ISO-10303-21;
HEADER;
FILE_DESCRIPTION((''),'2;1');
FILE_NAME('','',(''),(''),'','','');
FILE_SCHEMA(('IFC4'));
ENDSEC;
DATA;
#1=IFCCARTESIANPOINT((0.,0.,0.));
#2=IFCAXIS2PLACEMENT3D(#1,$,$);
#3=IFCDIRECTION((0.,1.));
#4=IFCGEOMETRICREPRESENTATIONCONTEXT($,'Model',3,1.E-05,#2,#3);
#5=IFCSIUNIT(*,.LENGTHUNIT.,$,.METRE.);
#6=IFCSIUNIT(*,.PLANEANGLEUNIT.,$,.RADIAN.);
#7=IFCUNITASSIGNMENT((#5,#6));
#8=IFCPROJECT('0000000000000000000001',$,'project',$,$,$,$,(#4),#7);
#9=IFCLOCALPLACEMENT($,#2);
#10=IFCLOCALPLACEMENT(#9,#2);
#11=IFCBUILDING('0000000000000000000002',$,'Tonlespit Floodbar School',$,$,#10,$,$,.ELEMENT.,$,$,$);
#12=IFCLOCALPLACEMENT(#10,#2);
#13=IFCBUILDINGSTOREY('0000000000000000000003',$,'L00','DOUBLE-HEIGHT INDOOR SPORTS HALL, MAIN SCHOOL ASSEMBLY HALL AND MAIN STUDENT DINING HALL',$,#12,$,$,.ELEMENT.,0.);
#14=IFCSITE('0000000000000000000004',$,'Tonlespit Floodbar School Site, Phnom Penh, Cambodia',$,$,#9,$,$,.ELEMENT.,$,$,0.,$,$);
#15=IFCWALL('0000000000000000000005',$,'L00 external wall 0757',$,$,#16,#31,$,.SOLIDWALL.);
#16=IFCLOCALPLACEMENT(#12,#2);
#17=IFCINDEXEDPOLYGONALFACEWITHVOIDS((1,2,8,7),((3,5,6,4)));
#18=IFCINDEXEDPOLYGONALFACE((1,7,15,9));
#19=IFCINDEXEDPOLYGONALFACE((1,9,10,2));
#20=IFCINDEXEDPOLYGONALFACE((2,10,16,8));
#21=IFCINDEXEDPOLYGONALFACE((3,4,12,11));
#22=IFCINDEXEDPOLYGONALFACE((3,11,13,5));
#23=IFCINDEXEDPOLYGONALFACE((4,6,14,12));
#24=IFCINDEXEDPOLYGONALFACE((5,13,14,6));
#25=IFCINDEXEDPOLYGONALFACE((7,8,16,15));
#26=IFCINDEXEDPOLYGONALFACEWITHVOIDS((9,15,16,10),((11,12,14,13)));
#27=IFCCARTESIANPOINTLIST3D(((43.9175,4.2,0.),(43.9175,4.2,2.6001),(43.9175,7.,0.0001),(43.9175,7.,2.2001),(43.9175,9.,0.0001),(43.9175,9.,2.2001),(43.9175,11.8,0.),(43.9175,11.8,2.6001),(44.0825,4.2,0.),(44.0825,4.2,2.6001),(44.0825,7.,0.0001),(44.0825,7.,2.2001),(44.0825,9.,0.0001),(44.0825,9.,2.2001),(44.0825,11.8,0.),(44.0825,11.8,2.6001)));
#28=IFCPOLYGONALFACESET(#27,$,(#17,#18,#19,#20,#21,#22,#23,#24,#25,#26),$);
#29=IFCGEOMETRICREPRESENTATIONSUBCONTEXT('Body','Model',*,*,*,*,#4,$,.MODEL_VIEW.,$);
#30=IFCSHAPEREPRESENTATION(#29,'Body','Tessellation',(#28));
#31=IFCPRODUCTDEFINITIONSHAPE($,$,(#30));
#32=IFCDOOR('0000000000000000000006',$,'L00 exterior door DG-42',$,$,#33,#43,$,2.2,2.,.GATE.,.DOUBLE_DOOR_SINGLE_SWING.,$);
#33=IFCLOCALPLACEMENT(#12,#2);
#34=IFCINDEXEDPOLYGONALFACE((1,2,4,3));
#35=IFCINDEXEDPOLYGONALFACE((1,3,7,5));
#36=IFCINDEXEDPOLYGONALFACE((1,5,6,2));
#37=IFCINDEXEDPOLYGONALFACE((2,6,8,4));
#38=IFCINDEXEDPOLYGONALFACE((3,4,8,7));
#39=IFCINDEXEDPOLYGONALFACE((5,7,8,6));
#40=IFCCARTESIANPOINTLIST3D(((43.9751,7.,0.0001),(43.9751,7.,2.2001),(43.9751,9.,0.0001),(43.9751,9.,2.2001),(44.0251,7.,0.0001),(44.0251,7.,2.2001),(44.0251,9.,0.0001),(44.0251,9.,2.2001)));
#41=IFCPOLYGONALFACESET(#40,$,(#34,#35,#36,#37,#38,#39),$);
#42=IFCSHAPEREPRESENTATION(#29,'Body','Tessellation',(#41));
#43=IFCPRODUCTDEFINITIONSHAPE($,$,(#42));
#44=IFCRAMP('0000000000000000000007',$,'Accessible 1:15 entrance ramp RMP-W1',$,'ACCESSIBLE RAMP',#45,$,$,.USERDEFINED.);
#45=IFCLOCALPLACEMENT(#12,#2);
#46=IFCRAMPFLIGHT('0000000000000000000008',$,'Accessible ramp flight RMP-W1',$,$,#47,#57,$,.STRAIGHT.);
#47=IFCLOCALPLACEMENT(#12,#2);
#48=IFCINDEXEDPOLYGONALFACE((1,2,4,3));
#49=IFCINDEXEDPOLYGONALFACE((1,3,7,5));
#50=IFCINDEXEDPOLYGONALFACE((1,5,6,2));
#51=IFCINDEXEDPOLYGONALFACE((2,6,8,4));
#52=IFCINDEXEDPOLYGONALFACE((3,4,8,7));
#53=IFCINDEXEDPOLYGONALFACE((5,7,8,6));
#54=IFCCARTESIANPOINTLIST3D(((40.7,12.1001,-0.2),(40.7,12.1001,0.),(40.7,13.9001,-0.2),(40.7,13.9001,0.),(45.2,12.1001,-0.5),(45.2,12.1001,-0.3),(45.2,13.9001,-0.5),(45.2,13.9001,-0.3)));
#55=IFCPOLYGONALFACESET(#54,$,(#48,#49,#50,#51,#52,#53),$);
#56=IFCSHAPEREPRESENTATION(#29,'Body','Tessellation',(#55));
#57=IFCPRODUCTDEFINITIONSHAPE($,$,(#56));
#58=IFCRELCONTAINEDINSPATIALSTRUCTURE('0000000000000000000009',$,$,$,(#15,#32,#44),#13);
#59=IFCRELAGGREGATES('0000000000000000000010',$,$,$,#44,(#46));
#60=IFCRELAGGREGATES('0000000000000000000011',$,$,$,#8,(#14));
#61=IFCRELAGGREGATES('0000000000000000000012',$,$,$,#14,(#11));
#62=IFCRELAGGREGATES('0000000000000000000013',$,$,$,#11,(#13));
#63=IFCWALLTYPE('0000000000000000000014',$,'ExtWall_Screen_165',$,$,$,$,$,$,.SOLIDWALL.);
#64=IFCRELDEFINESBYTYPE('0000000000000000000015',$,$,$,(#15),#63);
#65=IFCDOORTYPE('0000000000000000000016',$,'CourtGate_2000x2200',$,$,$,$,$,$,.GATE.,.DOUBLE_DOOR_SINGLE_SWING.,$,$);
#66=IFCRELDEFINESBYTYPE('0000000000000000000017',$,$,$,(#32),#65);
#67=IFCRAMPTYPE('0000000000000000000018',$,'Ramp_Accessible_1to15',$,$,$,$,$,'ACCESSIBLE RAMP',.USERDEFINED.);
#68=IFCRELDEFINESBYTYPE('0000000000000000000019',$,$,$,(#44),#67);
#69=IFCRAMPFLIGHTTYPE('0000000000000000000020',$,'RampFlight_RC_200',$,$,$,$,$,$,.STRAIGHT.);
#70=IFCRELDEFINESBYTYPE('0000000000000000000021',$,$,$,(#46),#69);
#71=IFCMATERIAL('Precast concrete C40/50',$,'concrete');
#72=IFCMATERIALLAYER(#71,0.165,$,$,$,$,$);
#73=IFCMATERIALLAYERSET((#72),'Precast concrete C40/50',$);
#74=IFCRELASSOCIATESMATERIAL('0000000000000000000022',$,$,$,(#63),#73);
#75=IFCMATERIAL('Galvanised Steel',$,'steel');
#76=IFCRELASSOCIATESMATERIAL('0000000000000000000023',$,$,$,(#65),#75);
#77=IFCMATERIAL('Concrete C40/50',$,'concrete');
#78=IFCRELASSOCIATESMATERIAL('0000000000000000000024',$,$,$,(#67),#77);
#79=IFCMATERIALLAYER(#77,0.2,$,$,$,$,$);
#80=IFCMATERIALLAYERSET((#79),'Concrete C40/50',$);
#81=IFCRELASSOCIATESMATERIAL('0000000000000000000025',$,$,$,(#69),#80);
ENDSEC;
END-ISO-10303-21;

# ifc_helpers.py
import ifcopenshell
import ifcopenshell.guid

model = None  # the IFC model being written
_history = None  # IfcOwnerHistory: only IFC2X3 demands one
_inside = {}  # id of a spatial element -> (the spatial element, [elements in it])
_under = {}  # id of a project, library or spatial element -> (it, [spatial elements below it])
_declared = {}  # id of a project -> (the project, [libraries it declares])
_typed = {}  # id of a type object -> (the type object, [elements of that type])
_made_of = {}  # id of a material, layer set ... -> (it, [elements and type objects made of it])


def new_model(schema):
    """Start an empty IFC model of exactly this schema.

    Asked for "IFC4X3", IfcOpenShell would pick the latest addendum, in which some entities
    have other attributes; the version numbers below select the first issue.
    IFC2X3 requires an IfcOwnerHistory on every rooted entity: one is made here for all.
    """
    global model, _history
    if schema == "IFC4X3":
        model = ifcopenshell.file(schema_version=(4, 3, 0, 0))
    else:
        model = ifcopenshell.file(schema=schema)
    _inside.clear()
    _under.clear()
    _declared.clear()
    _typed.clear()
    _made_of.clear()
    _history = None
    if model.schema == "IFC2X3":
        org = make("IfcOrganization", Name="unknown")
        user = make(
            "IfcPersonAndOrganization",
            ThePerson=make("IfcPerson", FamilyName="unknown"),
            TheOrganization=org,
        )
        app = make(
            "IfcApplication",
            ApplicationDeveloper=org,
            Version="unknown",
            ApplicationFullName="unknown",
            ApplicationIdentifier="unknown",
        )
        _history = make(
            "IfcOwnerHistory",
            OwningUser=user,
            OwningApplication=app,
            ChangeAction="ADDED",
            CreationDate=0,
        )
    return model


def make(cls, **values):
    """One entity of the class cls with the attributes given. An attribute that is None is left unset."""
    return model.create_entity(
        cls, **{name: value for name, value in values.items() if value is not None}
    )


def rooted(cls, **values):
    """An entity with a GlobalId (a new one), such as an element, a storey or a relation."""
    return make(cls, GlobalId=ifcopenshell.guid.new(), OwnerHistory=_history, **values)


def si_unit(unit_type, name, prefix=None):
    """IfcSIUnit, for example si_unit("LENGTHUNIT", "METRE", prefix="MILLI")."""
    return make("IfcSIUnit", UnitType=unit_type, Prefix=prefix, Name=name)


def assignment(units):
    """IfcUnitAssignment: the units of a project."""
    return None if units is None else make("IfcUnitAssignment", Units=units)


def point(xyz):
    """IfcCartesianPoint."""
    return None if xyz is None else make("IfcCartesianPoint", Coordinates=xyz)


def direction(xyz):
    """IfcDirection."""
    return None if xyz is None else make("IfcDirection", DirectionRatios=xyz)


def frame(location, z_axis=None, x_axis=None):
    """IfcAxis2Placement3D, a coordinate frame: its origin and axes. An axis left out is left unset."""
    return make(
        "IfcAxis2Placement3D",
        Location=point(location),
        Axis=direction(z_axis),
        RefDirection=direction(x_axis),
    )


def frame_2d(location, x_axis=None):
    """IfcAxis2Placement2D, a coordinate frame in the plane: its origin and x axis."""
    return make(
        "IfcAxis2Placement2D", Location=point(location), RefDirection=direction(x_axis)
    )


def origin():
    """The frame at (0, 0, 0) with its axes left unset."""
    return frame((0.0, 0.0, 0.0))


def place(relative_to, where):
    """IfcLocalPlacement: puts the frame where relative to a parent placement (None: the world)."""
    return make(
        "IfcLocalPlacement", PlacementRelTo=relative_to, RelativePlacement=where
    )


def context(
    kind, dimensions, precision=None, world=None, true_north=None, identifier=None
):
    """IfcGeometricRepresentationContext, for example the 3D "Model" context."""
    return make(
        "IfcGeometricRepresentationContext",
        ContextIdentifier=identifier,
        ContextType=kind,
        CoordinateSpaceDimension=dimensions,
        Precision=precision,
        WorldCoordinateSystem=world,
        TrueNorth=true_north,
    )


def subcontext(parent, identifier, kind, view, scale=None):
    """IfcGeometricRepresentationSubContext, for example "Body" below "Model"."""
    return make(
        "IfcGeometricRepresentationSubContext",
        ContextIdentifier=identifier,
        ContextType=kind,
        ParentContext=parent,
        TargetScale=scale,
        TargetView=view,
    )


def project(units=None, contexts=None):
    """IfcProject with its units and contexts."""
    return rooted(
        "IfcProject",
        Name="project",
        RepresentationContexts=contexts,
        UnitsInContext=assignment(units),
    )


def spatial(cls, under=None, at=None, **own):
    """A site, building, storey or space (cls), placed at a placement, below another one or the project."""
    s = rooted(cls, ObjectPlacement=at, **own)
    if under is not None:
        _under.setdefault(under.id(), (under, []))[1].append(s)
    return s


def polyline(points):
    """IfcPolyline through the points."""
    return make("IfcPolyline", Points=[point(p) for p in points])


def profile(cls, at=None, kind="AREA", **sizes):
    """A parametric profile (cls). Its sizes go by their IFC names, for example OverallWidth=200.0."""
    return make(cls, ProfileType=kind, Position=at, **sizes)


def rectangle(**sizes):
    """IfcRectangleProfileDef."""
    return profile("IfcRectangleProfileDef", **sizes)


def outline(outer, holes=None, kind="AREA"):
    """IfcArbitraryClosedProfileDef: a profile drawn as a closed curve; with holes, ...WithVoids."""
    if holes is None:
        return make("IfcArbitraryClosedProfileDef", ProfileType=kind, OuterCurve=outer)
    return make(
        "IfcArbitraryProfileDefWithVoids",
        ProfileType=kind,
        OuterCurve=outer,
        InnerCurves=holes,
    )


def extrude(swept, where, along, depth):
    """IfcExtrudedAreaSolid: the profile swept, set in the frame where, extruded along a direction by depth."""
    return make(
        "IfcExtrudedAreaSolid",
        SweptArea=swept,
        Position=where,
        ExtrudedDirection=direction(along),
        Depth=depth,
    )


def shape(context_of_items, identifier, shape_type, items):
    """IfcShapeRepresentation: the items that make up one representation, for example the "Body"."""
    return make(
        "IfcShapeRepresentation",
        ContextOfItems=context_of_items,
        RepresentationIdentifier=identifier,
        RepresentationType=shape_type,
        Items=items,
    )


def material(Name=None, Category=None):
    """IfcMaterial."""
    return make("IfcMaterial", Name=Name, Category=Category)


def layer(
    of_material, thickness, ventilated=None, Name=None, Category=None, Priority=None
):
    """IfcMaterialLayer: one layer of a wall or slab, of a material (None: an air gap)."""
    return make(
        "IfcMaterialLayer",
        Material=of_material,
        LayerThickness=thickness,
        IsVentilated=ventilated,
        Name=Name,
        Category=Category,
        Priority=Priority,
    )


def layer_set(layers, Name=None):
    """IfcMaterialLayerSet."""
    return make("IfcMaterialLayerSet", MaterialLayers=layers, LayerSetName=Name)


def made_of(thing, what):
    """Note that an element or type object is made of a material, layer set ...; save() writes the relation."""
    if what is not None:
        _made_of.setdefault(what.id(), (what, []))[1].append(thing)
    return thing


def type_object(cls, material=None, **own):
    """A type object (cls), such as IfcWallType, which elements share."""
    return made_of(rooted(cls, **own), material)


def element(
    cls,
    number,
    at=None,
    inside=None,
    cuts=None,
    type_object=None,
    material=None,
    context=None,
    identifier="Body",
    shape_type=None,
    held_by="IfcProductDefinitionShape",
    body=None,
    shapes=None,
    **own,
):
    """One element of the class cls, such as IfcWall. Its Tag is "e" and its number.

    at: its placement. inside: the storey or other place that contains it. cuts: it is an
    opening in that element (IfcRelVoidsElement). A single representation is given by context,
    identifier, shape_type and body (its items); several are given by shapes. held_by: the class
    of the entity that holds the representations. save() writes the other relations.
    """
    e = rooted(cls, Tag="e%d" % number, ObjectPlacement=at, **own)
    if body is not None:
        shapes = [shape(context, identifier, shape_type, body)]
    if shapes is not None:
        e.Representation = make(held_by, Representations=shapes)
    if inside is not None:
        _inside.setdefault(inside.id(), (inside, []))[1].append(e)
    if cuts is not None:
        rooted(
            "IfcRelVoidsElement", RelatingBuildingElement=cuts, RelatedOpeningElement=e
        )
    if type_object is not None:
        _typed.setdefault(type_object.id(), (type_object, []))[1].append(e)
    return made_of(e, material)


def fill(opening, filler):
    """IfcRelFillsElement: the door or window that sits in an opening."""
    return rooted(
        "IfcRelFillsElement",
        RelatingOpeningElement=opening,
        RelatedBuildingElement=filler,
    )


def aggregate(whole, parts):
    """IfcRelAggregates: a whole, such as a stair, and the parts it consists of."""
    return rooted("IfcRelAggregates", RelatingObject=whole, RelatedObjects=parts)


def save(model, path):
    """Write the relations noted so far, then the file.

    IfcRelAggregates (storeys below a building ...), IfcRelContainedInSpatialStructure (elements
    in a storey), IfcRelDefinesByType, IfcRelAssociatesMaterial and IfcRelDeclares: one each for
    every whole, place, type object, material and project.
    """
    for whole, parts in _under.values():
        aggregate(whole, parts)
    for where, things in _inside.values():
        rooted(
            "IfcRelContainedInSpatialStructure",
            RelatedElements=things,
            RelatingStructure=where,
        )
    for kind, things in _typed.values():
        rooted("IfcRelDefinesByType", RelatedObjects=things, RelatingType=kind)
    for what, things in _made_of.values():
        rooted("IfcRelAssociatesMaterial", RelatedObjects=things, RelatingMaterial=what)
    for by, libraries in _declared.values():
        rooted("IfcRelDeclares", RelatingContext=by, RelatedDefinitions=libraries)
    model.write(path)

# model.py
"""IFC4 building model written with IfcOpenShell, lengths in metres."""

from ifc_helpers import new_model, si_unit, direction, frame, frame_2d, origin, place, context, subcontext, project, spatial, polyline, rectangle, outline, extrude, material, layer, layer_set, type_object, element, fill, aggregate, save


model = new_model("IFC4")

# Units and contexts
model_context = context("Model", 3, precision=1e-05, world=origin(), true_north=direction((0.0, 1.0)))
body_context = subcontext(model_context, "Body", "Model", "MODEL_VIEW")
ifc_project = project(units=[si_unit("LENGTHUNIT", "METRE"), si_unit("PLANEANGLEUNIT", "RADIAN")], contexts=[model_context])

# Site, building, storey
site_placement = place(None, origin())
site = spatial("IfcSite", under=ifc_project, at=site_placement, Name="Tonlespit Floodbar School Site, Phnom Penh, Cambodia", CompositionType="ELEMENT", RefElevation=0.0)
building_placement = place(site_placement, origin())
building = spatial("IfcBuilding", under=site, at=building_placement, Name="Tonlespit Floodbar School", CompositionType="ELEMENT")
storey_placement = place(building_placement, origin())
storey = spatial("IfcBuildingStorey", under=building, at=storey_placement, Name="L00", Description="DOUBLE-HEIGHT INDOOR SPORTS HALL, MAIN SCHOOL ASSEMBLY HALL AND MAIN STUDENT DINING HALL", CompositionType="ELEMENT", Elevation=0.0)

# Shared definitions
ifc_material_1 = material(Name="Concrete C40/50", Category="concrete")

# Wall, opening, door
ifc_material_2 = material(Name="Precast concrete C40/50", Category="concrete")
ifc_material_3 = material(Name="Galvanised Steel", Category="steel")
ifc_layer_1 = layer(ifc_material_2, 0.165)
ifc_layer_set_1 = layer_set([ifc_layer_1], Name="Precast concrete C40/50")
wall_type_1 = type_object("IfcWallType", Name="ExtWall_Screen_165", PredefinedType="SOLIDWALL", material=ifc_layer_set_1)
wall_1_placement = place(storey_placement, frame((44.0, 4.2, 0.0), z_axis=(0.0, 0.0, 1.0), x_axis=(0.0, 1.0, 0.0)))
wall_1 = element("IfcWall", 1, at=wall_1_placement, inside=storey, type_object=wall_type_1, Name="L00 external wall 0757", PredefinedType="SOLIDWALL", context=body_context, shape_type="SweptSolid", body=[
    extrude(rectangle(XDim=7.6001, YDim=0.165, at=frame_2d((3.8, 0.0))), origin(), (0.0, 0.0, 1.0), 2.6001),
])
opening_1_placement = place(wall_1_placement, frame((2.8, 0.0, 0.0)))
opening_1 = element("IfcOpeningElement", 2, at=opening_1_placement, cuts=wall_1, PredefinedType="OPENING", context=body_context, shape_type="SweptSolid", body=[
    extrude(rectangle(XDim=2.0, YDim=2.2, at=frame_2d((1.0, 1.1001))), frame((0.0, 0.0925, 0.0), z_axis=(0.0, -1.0, 0.0), x_axis=(1.0, 0.0, 0.0)), (0.0, 0.0, 1.0), 0.1851),
])
door_type_1 = type_object("IfcDoorType", Name="CourtGate_2000x2200", OperationType="DOUBLE_DOOR_SINGLE_SWING", PredefinedType="GATE", material=ifc_material_3)
door_1_placement = place(opening_1_placement, origin())
door_1 = element("IfcDoor", 3, at=door_1_placement, inside=storey, type_object=door_type_1, Name="L00 exterior door DG-42", OperationType="DOUBLE_DOOR_SINGLE_SWING", OverallHeight=2.2, OverallWidth=2.0, PredefinedType="GATE", context=body_context, shape_type="SweptSolid", body=[
    extrude(rectangle(XDim=2.0, YDim=2.2, at=frame_2d((1.0, 1.1001))), frame((0.0, 0.0249, 0.0), z_axis=(0.0, -1.0, 0.0), x_axis=(1.0, 0.0, 0.0)), (0.0, 0.0, 1.0), 0.05),
])
fill(opening_1, door_1)

# Ramp, ramp flight
ramp_type = type_object("IfcRampType", Name="Ramp_Accessible_1to15", ElementType="ACCESSIBLE RAMP", PredefinedType="USERDEFINED", material=ifc_material_1)
ramp_placement = place(storey_placement, origin())
ramp = element("IfcRamp", 4, at=ramp_placement, inside=storey, type_object=ramp_type, Name="Accessible 1:15 entrance ramp RMP-W1", ObjectType="ACCESSIBLE RAMP", PredefinedType="USERDEFINED")
ifc_layer_2 = layer(ifc_material_1, 0.2)
ifc_layer_set_2 = layer_set([ifc_layer_2], Name="Concrete C40/50")
ramp_flight_type = type_object("IfcRampFlightType", Name="RampFlight_RC_200", PredefinedType="STRAIGHT", material=ifc_layer_set_2)
ramp_flight_placement = place(storey_placement, frame((45.2, 13.0, -0.3), z_axis=(0.0, 0.0, 1.0), x_axis=(-1.0, 0.0, 0.0)))
ramp_flight = element("IfcRampFlight", 5, at=ramp_flight_placement, type_object=ramp_flight_type, Name="Accessible ramp flight RMP-W1", PredefinedType="STRAIGHT", context=body_context, shape_type="SweptSolid", body=[
    extrude(outline(polyline([(0.0, 0.0), (0.0, -0.2), (4.5, 0.1001), (4.5, 0.3), (0.0, 0.0)])), frame((0.0, 0.8999, 0.0), z_axis=(0.0, -1.0, 0.0), x_axis=(1.0, 0.0, 0.0)), (0.0, 0.0, 1.0), 1.8),
])
aggregate(ramp, [ramp_flight])

save(model, "model.ifc")
